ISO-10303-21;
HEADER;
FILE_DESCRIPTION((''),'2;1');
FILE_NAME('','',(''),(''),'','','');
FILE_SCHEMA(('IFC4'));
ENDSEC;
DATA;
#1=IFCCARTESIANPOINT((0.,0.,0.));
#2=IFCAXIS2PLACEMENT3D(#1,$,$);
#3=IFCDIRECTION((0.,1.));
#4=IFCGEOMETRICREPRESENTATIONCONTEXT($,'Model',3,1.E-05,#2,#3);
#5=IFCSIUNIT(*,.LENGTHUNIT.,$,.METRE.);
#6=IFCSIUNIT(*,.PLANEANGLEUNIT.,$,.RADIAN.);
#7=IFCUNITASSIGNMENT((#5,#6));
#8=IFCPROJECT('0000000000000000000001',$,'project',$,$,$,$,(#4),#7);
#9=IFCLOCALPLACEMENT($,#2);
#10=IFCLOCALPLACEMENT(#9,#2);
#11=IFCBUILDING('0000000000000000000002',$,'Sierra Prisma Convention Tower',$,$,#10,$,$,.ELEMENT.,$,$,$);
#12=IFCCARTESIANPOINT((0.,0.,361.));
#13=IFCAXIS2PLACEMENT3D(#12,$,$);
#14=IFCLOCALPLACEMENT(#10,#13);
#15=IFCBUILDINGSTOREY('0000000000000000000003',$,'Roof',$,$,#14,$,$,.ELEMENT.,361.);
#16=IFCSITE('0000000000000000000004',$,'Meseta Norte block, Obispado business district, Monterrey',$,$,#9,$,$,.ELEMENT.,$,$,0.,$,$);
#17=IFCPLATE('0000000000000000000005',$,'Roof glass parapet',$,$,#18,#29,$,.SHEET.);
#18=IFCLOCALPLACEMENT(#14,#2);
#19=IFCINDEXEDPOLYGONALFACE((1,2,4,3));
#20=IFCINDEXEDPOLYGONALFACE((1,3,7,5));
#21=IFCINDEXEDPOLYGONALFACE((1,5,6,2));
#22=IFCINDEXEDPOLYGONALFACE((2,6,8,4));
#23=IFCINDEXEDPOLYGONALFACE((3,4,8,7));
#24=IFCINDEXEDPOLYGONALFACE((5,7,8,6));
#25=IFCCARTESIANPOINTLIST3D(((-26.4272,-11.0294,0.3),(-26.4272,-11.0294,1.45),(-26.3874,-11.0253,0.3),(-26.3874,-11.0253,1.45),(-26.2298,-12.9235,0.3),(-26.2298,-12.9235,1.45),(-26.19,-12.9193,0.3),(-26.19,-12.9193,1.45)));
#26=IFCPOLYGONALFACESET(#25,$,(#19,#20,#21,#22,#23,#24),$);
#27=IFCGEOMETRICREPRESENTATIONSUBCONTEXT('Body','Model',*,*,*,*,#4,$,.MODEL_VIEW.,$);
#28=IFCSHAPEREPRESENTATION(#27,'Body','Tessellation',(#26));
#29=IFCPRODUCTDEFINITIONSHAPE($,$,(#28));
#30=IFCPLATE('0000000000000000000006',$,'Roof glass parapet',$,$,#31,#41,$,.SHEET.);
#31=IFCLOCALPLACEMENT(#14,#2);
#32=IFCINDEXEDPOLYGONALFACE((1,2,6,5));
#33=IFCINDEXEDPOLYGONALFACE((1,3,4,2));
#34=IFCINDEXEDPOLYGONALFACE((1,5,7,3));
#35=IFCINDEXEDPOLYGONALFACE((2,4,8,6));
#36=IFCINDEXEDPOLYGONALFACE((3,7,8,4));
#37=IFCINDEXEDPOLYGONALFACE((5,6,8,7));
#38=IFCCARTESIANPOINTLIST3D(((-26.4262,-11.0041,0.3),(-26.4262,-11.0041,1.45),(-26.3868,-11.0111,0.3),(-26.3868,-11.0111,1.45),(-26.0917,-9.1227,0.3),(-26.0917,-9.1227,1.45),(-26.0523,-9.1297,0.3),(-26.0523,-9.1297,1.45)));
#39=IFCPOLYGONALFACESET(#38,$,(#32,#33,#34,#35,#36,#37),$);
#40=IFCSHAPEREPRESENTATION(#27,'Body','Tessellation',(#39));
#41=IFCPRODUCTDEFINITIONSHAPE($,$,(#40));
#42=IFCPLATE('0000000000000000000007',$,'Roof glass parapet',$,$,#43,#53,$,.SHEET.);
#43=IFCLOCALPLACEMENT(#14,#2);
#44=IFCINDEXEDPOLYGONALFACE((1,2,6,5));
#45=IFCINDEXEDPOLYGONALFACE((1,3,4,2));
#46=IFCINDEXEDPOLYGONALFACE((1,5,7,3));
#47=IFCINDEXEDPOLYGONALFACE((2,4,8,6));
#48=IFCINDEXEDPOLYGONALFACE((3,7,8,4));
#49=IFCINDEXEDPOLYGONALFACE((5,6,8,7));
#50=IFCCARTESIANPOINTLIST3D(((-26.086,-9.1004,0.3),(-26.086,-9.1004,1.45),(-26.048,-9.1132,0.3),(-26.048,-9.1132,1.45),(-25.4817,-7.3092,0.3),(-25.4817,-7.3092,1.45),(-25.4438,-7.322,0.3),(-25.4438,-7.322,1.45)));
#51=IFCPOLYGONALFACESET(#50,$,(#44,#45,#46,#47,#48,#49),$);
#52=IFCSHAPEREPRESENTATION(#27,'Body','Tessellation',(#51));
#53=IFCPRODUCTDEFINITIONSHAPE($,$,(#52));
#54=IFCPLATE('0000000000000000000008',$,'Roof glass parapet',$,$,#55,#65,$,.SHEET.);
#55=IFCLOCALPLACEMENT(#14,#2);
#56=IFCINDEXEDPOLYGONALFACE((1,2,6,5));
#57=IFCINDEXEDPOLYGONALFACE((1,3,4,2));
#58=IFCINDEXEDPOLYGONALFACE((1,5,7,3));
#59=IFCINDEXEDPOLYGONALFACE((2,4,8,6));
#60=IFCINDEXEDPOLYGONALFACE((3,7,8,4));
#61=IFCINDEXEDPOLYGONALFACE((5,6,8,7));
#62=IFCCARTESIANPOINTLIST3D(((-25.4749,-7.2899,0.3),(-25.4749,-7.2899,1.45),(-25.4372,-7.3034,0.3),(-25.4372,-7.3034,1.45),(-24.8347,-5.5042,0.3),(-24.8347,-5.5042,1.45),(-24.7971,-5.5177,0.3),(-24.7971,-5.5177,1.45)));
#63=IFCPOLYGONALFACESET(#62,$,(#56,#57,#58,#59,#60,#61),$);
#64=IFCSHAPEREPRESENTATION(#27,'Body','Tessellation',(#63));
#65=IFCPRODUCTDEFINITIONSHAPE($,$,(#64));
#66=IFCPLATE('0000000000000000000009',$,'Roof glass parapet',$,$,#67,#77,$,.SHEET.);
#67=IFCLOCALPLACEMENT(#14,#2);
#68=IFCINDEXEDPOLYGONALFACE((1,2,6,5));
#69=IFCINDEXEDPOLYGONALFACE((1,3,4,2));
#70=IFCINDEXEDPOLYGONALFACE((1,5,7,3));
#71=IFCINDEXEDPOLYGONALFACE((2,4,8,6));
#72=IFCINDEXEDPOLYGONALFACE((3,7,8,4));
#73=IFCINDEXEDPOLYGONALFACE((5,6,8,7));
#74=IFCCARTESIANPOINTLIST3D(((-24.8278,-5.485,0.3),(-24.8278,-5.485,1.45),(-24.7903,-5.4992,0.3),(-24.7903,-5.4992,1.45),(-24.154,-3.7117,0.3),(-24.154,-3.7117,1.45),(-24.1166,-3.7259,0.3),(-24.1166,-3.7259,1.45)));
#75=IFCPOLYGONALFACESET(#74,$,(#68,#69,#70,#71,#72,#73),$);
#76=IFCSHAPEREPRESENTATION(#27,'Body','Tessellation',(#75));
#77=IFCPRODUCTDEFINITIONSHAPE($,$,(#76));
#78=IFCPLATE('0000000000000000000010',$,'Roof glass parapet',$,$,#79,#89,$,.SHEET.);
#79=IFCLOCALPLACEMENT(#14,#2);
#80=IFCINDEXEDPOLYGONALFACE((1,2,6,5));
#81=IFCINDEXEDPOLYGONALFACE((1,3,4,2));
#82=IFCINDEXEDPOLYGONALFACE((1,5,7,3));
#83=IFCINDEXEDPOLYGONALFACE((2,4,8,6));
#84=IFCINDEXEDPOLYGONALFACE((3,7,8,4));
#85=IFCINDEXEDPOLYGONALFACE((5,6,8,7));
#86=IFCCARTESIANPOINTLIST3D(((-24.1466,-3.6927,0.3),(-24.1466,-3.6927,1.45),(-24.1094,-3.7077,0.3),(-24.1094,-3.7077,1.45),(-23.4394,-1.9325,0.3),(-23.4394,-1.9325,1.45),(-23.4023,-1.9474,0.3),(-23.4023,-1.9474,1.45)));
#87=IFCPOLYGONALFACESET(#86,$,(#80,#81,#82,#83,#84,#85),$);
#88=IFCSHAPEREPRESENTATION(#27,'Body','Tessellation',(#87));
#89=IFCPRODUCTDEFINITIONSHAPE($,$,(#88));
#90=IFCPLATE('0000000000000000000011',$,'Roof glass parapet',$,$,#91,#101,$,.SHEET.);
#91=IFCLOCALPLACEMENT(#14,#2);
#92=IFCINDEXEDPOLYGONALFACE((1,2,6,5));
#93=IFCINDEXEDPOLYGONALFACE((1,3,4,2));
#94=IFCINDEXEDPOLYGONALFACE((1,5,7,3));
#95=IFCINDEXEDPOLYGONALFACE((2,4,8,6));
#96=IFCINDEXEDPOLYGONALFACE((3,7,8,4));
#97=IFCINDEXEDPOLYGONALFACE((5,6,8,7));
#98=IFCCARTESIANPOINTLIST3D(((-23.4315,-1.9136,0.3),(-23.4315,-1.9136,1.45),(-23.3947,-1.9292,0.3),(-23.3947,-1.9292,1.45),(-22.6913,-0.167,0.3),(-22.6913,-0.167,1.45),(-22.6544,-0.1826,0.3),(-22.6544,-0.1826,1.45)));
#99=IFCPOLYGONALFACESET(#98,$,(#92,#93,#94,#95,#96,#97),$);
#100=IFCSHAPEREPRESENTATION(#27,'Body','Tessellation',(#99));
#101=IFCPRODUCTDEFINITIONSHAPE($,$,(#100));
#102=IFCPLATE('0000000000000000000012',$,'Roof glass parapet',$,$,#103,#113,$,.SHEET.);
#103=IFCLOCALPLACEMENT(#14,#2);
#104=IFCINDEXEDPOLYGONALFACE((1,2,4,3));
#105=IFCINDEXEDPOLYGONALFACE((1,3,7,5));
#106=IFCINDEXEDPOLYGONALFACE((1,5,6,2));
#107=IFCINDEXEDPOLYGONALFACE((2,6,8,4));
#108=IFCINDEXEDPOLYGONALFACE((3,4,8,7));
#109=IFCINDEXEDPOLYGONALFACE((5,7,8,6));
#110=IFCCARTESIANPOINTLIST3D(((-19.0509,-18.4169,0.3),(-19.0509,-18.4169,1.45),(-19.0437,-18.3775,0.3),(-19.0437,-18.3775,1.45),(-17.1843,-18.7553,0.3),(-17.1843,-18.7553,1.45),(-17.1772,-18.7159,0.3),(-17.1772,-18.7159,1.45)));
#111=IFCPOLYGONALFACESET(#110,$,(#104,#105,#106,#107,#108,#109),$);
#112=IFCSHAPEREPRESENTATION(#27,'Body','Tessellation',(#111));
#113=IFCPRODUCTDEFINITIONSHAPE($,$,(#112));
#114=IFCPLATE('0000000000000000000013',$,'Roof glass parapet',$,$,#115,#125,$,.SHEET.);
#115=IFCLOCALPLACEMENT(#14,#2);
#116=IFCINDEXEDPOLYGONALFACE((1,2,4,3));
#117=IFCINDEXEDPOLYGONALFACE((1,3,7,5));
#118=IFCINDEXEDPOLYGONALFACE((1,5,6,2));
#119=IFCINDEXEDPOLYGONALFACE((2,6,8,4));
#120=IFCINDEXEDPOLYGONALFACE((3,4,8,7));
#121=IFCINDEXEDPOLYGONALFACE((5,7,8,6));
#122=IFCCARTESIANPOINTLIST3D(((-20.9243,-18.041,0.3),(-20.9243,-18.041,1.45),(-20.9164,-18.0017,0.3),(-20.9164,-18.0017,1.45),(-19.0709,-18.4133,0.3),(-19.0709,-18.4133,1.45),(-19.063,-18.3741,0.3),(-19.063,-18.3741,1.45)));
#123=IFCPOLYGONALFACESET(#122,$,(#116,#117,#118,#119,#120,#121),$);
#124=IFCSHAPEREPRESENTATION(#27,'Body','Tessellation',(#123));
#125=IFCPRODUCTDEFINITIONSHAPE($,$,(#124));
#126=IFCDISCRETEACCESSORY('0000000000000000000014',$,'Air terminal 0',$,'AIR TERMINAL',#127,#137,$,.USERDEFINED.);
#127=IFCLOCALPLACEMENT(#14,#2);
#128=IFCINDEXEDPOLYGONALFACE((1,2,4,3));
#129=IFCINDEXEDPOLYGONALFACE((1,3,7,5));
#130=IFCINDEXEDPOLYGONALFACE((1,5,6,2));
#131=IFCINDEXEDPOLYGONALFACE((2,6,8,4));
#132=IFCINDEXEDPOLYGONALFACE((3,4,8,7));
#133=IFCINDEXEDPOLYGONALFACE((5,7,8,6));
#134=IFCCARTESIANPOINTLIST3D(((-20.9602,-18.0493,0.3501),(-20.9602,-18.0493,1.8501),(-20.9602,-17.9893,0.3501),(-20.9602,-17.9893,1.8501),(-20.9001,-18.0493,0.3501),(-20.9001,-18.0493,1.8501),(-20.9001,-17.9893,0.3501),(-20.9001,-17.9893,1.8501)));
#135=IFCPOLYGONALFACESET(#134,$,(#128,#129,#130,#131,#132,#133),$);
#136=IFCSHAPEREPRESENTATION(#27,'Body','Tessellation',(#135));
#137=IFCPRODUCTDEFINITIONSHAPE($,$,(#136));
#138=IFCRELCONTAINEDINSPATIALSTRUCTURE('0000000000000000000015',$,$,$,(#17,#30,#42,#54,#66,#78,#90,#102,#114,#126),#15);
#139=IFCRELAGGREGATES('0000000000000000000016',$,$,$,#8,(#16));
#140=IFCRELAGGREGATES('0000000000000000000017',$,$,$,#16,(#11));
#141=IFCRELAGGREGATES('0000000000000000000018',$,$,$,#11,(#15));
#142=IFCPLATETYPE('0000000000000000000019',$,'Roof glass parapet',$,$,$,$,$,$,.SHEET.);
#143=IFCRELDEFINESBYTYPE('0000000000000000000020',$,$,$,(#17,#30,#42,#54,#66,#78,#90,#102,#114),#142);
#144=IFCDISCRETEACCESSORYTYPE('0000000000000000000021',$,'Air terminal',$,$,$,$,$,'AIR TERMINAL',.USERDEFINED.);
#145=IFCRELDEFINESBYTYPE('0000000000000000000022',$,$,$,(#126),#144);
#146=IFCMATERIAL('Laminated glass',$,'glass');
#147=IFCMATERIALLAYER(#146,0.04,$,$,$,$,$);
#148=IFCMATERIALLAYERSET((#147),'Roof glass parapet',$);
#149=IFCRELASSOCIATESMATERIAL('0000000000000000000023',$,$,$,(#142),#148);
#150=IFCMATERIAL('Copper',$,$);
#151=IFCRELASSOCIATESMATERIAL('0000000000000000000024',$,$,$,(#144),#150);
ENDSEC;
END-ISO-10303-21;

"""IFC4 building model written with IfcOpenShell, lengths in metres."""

from ifc_helpers import new_model, si_unit, direction, frame, origin, origin_2d, place, context, subcontext, project, spatial, rectangle, extrude, material, layer, layer_set, type_object, element, save


model = new_model("IFC4")

# Units and contexts
model_context = context("Model", 3, precision=1e-05, world=origin(), true_north=direction((0.0, 1.0)))
body_context = subcontext(model_context, "Body", "Model", "MODEL_VIEW")
ifc_project = project(units=[si_unit("LENGTHUNIT", "METRE"), si_unit("PLANEANGLEUNIT", "RADIAN")], contexts=[model_context])

# Site, building, storey
site_placement = place(None, origin())
site = spatial("IfcSite", under=ifc_project, at=site_placement, Name="Meseta Norte block, Obispado business district, Monterrey", CompositionType="ELEMENT", RefElevation=0.0)
building_placement = place(site_placement, origin())
building = spatial("IfcBuilding", under=site, at=building_placement, Name="Sierra Prisma Convention Tower", CompositionType="ELEMENT")
storey_placement = place(building_placement, frame((0.0, 0.0, 361.0)))
storey = spatial("IfcBuildingStorey", under=building, at=storey_placement, Name="Roof", CompositionType="ELEMENT", Elevation=361.0)

# Plates
ifc_material_1 = material(Name="Laminated glass", Category="glass")
ifc_layer = layer(ifc_material_1, 0.04)
ifc_layer_set = layer_set([ifc_layer], Name="Roof glass parapet")
plate_type = type_object("IfcPlateType", Name="Roof glass parapet", PredefinedType="SHEET", material=ifc_layer_set)
for number, where, z_axis, x_axis, name in (
    (1, (-26.3086, -11.9744, 0.3), (0.0, 0.0, 1.0), (-0.103661, 0.994613, 0.0), "Roof glass parapet"),
):
    element("IfcPlate", number, at=place(storey_placement, frame(where, z_axis=z_axis, x_axis=x_axis)), inside=storey, type_object=plate_type, Name=name, PredefinedType="SHEET", context=body_context, shape_type="SweptSolid", body=[
        extrude(rectangle(XDim=1.9043, YDim=0.04, at=origin_2d()), origin(), (0.0, 0.0, 1.0), 1.1499),
    ])
plate_1_placement = place(storey_placement, frame((-26.2393, -10.0669, 0.3), z_axis=(0.0, 0.0, 1.0), x_axis=(0.175081, 0.984554, 0.0)))
element("IfcPlate", 2, at=plate_1_placement, inside=storey, type_object=plate_type, Name="Roof glass parapet", PredefinedType="SHEET", context=body_context, shape_type="SweptSolid", body=[
    extrude(rectangle(XDim=1.9109, YDim=0.04, at=origin_2d()), origin(), (0.0, 0.0, 1.0), 1.1499),
])
plate_2_placement = place(storey_placement, frame((-25.7649, -8.2112, 0.3), z_axis=(0.0, 0.0, 1.0), x_axis=(0.319637, 0.94754, 0.0)))
element("IfcPlate", 3, at=plate_2_placement, inside=storey, type_object=plate_type, Name="Roof glass parapet", PredefinedType="SHEET", context=body_context, shape_type="SweptSolid", body=[
    extrude(rectangle(XDim=1.8904, YDim=0.04, at=origin_2d()), origin(), (0.0, 0.0, 1.0), 1.1499),
])
for number, where, z_axis, x_axis, name in (
    (4, (-25.136, -6.4038, 0.3), (0.0, 0.0, 1.0), (0.33747, 0.941336, 0.0), "Roof glass parapet"),
    (5, (-24.4722, -4.6055, 0.3), (0.0, 0.0, 1.0), (0.355182, 0.934797, 0.0), "Roof glass parapet"),
    (6, (-23.7744, -2.8201, 0.3), (0.0, 0.0, 1.0), (0.372768, 0.927925, 0.0), "Roof glass parapet"),
    (7, (-23.043, -1.0481, 0.3), (0.0, 0.0, 1.0), (0.39022, 0.920722, 0.0), "Roof glass parapet"),
    (8, (-18.114, -18.5664, 0.3), (0.0, 0.0, 1.0), (-0.983956, 0.178411, 0.0), "Roof glass parapet"),
):
    element("IfcPlate", number, at=place(storey_placement, frame(where, z_axis=z_axis, x_axis=x_axis)), inside=storey, type_object=plate_type, Name=name, PredefinedType="SHEET", context=body_context, shape_type="SweptSolid", body=[
        extrude(rectangle(XDim=1.897, YDim=0.04, at=origin_2d()), origin(), (0.0, 0.0, 1.0), 1.1499),
    ])
plate_3_placement = place(storey_placement, frame((-19.9937, -18.2075, 0.3), z_axis=(0.0, 0.0, 1.0), x_axis=(-0.980412, 0.196956, 0.0)))
element("IfcPlate", 9, at=plate_3_placement, inside=storey, type_object=plate_type, Name="Roof glass parapet", PredefinedType="SHEET", context=body_context, shape_type="SweptSolid", body=[
    extrude(rectangle(XDim=1.8904, YDim=0.04, at=origin_2d()), origin(), (0.0, 0.0, 1.0), 1.1499),
])

# Discrete accessory
ifc_material_2 = material(Name="Copper")
discrete_accessory_type = type_object("IfcDiscreteAccessoryType", Name="Air terminal", ElementType="AIR TERMINAL", PredefinedType="USERDEFINED", material=ifc_material_2)
discrete_accessory_placement = place(storey_placement, frame((-20.9302, -18.0193, 0.3501), z_axis=(0.0, 0.0, 1.0), x_axis=(1.0, 0.0, 0.0)))
element("IfcDiscreteAccessory", 10, at=discrete_accessory_placement, inside=storey, type_object=discrete_accessory_type, Name="Air terminal 0", ObjectType="AIR TERMINAL", PredefinedType="USERDEFINED", context=body_context, shape_type="SweptSolid", body=[
    extrude(rectangle(XDim=0.0601, YDim=0.0601, at=origin_2d()), origin(), (0.0, 0.0, 1.0), 1.5),
])

save(model, "model.ifc")
